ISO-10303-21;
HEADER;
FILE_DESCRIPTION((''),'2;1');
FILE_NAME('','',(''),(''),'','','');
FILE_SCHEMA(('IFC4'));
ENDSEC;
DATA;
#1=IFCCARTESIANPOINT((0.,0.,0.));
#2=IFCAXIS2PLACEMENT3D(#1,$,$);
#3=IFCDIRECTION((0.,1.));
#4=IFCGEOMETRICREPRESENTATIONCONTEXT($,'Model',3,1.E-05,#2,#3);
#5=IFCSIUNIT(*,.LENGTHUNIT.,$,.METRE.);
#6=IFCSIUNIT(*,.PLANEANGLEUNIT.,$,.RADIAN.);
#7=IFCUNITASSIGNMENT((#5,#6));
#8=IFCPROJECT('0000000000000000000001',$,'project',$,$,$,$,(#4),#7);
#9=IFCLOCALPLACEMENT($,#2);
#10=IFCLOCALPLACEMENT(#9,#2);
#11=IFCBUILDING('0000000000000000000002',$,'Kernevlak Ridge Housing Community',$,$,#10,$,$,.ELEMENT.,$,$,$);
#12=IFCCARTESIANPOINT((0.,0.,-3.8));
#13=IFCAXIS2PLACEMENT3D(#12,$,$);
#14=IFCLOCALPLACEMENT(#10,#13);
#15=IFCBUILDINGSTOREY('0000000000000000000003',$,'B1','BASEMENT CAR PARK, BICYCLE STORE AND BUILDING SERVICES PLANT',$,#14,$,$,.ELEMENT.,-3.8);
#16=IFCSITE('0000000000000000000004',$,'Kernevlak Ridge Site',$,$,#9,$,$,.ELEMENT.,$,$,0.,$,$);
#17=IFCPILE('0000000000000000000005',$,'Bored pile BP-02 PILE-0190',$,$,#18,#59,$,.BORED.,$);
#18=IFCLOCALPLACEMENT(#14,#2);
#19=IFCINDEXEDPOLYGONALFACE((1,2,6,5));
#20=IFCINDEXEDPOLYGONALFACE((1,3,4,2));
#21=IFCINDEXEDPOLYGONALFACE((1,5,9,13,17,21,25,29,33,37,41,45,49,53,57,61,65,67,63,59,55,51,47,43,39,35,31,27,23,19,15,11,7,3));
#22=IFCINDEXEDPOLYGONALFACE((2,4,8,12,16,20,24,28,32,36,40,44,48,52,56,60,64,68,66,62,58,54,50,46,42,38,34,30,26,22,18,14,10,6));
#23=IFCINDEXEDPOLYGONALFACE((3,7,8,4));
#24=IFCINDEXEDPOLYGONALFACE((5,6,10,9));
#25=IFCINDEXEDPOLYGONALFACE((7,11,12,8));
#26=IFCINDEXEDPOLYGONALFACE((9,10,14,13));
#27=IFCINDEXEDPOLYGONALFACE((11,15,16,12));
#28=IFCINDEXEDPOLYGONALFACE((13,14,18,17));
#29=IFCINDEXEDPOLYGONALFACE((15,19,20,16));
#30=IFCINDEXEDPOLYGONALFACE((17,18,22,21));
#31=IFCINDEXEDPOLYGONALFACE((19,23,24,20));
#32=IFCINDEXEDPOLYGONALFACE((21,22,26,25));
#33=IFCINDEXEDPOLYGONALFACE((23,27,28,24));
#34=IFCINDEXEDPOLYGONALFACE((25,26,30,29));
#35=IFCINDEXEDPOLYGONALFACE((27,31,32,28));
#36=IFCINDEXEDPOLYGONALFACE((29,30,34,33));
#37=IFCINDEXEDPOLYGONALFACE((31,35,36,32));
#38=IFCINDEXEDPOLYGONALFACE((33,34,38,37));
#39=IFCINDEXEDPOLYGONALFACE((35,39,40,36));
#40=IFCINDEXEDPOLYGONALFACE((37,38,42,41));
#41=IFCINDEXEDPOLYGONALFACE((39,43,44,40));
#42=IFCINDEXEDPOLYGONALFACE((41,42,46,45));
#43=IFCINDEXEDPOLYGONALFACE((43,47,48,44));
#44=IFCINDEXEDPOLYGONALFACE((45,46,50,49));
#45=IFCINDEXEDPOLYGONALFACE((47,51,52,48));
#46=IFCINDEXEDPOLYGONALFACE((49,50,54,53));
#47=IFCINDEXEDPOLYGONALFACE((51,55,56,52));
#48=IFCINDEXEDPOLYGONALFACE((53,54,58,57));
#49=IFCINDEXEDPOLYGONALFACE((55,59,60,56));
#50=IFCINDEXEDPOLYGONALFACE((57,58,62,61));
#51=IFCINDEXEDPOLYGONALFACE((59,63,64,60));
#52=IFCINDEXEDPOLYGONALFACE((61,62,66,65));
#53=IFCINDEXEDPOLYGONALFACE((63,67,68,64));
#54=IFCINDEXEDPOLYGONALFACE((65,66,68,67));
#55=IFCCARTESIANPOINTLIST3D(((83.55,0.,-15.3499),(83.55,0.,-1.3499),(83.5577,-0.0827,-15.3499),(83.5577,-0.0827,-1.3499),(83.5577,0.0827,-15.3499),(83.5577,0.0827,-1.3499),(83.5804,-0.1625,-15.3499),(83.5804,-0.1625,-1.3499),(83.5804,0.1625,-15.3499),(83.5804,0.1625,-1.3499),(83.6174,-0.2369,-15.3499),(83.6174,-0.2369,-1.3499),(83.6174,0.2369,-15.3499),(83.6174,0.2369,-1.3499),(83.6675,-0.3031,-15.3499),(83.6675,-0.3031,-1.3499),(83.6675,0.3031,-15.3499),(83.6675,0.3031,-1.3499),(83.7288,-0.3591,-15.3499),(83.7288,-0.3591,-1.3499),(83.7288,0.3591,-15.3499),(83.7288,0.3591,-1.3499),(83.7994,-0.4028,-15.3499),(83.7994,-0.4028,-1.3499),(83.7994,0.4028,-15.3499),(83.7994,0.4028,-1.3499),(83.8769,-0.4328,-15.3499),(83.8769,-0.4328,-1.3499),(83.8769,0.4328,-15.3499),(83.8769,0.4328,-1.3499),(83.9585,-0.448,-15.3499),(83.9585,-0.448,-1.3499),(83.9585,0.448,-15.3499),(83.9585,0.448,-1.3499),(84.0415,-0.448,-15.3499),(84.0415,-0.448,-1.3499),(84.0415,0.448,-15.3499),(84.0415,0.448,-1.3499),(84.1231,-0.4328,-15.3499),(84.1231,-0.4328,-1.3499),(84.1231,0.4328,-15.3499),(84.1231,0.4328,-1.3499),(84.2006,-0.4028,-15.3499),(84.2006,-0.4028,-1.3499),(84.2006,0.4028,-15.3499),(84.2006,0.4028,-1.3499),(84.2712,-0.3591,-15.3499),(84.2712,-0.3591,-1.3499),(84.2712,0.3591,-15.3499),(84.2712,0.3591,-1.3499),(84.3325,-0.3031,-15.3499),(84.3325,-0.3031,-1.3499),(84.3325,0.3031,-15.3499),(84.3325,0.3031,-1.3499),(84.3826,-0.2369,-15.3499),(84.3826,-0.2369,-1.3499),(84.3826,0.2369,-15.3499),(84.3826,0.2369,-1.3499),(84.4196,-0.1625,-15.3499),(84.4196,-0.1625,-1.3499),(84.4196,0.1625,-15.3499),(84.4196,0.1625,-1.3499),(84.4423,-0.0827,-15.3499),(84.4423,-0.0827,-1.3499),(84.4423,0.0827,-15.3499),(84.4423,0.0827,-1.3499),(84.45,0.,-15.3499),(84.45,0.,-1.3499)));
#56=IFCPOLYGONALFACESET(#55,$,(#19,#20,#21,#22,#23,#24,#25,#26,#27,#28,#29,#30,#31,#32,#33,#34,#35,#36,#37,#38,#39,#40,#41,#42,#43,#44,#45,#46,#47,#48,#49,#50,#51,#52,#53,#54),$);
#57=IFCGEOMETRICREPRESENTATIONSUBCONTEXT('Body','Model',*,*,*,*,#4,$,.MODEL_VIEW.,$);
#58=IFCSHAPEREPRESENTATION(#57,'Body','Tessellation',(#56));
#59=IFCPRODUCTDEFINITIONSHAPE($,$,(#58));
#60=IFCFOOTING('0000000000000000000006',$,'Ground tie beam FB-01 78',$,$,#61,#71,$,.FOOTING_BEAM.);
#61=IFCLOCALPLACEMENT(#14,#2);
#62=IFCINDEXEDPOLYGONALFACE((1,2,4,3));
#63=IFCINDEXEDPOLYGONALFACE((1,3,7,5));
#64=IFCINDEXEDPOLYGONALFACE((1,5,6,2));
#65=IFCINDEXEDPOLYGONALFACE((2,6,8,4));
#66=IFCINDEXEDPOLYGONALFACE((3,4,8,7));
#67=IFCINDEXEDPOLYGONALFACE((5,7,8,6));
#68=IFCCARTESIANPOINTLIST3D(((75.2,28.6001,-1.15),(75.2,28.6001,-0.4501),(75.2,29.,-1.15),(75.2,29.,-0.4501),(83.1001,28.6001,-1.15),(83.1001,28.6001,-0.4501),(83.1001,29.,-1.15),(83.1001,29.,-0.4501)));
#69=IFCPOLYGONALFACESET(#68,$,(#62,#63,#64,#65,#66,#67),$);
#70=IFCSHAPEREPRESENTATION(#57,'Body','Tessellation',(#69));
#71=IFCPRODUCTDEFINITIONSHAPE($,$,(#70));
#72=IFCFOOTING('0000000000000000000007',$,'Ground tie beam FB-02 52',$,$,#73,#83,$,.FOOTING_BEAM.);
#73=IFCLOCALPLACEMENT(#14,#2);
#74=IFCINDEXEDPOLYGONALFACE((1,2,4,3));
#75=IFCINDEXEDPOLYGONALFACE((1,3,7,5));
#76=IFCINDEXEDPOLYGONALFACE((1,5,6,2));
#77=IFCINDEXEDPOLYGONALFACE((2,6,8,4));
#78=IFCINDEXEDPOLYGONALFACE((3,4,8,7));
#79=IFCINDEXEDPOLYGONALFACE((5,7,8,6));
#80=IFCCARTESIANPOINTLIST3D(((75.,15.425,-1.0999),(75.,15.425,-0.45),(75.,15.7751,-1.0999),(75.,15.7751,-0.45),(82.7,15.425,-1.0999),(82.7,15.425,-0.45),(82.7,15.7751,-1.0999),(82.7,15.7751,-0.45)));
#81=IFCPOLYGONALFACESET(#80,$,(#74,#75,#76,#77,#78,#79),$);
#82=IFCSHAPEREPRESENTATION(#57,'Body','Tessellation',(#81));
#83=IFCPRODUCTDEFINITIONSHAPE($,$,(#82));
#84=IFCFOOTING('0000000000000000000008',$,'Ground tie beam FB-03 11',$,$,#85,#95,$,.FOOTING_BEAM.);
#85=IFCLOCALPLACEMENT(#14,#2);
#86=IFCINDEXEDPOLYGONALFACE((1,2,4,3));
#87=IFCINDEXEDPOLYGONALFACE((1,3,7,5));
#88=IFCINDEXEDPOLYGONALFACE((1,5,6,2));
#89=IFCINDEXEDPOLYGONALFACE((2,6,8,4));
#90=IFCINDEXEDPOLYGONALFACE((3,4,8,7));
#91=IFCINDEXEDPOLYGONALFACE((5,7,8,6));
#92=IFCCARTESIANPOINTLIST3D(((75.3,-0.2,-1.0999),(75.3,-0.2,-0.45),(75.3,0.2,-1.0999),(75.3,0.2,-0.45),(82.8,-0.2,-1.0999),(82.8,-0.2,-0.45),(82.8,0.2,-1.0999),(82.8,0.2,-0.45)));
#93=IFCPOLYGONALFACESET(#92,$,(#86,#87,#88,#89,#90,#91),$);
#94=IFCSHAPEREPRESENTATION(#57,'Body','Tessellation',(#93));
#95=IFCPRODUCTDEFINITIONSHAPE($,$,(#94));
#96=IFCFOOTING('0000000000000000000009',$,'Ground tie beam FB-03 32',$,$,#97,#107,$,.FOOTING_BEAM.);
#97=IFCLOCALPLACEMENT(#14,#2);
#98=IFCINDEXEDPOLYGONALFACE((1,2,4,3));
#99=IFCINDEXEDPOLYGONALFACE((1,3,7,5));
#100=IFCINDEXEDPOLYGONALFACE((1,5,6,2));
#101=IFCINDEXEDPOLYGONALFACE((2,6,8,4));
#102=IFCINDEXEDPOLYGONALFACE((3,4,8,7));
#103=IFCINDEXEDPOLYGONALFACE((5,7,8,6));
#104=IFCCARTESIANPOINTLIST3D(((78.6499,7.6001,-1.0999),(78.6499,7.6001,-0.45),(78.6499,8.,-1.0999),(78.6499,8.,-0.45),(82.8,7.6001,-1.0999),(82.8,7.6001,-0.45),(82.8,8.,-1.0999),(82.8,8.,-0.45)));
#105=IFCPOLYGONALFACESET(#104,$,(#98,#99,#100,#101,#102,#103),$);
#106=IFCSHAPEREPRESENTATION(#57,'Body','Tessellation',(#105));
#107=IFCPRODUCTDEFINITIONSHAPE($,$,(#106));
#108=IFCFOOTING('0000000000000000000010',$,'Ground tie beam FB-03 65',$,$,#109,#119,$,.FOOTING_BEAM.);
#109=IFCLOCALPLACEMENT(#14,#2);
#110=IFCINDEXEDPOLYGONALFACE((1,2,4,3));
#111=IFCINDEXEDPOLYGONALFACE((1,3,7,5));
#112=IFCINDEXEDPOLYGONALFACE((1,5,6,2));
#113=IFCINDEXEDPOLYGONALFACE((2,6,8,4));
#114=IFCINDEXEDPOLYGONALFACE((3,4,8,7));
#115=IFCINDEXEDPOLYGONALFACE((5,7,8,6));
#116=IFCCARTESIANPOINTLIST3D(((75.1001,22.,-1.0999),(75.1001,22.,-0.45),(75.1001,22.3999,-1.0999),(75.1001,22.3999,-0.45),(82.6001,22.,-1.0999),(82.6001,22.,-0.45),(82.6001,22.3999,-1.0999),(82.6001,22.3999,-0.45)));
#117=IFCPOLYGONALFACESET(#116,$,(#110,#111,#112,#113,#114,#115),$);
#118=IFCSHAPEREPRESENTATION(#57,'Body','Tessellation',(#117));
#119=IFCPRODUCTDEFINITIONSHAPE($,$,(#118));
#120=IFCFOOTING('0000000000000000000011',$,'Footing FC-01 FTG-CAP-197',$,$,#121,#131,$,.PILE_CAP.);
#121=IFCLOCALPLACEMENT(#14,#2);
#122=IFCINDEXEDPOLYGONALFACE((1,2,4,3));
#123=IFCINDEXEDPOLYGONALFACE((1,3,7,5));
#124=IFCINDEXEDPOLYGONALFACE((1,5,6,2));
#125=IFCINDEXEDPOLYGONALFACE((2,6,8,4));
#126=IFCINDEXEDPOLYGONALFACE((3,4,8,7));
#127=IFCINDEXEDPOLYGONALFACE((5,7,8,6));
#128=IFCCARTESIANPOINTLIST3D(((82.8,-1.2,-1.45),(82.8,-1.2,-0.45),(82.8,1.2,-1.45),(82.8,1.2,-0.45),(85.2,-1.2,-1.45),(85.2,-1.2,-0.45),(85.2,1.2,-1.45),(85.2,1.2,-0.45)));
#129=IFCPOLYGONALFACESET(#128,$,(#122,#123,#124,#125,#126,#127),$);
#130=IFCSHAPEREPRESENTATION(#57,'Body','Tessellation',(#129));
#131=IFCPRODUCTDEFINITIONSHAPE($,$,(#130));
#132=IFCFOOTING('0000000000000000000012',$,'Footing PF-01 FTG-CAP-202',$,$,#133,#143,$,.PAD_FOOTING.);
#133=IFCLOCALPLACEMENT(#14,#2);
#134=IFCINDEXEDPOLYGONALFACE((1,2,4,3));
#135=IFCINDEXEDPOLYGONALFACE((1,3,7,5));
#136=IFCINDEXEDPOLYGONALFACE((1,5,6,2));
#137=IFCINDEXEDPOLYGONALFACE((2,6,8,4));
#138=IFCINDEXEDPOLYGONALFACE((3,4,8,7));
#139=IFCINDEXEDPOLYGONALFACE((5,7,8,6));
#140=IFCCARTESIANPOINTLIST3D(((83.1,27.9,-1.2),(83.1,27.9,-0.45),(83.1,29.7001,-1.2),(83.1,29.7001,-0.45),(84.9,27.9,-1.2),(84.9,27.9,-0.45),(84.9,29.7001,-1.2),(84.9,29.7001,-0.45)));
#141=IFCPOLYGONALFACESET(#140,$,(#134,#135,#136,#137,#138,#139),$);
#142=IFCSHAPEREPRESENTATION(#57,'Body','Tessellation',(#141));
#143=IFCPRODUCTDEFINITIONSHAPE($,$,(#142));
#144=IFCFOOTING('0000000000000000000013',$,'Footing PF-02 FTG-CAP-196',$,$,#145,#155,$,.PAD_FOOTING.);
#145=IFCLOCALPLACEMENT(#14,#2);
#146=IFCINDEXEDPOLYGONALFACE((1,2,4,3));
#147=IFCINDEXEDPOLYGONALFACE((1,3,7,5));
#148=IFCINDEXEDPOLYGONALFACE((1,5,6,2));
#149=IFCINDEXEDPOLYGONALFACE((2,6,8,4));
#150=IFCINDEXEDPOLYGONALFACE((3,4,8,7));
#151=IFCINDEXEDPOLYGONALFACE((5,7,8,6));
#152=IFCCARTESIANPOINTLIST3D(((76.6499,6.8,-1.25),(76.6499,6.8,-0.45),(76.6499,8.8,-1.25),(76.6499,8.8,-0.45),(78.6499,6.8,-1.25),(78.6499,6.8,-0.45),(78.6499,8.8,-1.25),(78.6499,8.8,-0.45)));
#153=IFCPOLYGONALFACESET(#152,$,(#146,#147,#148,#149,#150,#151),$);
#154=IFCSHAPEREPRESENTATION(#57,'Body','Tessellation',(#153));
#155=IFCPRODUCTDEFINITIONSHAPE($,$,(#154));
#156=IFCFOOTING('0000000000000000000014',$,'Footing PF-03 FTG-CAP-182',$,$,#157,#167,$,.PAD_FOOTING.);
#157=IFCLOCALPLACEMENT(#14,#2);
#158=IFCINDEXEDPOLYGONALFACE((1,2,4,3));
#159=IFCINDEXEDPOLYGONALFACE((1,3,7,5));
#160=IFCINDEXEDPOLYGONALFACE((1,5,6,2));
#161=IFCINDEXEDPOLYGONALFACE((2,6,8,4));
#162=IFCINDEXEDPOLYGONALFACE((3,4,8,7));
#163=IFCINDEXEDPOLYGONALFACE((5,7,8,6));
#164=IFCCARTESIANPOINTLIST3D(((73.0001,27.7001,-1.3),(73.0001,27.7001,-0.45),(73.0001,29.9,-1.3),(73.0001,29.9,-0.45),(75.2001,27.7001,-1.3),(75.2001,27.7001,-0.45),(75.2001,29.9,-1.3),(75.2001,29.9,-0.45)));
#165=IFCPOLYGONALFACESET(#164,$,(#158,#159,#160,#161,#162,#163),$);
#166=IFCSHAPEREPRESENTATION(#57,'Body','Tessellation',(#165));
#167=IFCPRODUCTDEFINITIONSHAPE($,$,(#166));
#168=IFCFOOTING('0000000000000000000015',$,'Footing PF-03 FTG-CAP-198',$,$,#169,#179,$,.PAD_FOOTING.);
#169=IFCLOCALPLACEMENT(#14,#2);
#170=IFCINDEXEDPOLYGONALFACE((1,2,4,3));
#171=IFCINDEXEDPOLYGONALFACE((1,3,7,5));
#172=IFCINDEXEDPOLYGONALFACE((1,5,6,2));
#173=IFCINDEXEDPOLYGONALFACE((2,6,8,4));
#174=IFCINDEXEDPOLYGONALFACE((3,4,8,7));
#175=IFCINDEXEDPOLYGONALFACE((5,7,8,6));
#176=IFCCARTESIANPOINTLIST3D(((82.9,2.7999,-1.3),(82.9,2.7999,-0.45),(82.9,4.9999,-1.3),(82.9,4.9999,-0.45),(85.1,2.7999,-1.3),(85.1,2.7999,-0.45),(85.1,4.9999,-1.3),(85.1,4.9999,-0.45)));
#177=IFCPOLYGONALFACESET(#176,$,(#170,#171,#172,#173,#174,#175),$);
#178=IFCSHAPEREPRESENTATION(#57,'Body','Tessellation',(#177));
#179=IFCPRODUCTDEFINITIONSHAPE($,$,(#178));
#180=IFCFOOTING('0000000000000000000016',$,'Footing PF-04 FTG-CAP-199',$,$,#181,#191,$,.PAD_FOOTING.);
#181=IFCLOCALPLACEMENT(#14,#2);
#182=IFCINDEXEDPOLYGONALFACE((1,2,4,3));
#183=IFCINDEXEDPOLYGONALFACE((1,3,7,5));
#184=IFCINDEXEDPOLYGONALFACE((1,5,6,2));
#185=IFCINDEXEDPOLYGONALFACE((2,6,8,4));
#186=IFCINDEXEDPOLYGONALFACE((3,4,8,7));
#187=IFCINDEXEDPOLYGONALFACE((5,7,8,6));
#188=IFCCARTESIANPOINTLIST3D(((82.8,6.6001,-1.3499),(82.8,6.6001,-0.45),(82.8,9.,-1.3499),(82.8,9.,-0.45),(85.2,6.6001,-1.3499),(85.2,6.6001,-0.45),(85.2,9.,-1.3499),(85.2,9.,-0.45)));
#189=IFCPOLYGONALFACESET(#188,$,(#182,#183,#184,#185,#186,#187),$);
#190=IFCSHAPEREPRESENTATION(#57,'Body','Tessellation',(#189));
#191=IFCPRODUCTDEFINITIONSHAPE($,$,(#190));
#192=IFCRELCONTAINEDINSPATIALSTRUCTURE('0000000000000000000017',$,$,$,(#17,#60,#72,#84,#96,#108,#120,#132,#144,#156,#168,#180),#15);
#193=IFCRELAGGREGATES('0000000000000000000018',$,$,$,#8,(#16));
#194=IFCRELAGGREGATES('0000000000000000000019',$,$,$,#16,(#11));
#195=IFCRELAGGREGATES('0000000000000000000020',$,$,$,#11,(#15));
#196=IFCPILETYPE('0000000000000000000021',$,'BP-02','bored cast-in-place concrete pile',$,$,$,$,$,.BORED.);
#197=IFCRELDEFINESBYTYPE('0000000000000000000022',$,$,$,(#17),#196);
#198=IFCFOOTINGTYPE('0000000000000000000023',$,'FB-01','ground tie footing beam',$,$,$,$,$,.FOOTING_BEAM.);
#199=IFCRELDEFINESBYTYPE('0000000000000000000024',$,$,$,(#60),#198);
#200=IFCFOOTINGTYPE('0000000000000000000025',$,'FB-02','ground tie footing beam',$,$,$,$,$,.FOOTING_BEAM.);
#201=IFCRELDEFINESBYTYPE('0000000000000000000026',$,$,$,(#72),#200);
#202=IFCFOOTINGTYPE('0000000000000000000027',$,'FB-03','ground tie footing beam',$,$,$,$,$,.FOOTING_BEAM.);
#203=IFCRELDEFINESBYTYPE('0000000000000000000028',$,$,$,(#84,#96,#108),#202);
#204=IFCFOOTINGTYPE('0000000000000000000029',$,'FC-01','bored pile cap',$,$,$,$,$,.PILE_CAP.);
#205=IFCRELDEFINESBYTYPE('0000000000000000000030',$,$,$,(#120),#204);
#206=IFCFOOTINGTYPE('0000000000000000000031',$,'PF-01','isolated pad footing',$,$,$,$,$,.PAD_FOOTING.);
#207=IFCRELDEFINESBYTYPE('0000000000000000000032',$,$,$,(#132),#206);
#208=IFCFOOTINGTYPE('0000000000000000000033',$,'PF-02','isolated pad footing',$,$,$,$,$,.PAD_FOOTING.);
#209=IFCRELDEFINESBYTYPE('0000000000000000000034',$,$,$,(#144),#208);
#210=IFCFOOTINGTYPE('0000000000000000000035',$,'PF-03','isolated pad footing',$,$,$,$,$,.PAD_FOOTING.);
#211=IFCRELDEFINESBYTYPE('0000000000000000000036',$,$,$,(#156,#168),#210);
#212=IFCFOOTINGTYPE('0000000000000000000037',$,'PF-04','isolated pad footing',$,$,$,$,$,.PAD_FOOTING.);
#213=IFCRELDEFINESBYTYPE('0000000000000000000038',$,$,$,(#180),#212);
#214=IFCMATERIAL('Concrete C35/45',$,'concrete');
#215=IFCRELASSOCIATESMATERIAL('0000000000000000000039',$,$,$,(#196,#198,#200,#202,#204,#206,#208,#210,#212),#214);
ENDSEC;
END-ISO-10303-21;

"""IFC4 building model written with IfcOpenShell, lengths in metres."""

from ifc_helpers import new_model, si_unit, direction, frame, origin, origin_2d, place, context, subcontext, project, spatial, rectangle, circle, extrude, material, material_profile, profile_set, type_object, element, save


model = new_model("IFC4")

# Units and contexts
model_context = context("Model", 3, precision=1e-05, world=origin(), true_north=direction((0.0, 1.0)))
body_context = subcontext(model_context, "Body", "Model", "MODEL_VIEW")
ifc_project = project(units=[si_unit("LENGTHUNIT", "METRE"), si_unit("PLANEANGLEUNIT", "RADIAN")], contexts=[model_context])

# Site, building, storey
site_placement = place(None, origin())
site = spatial("IfcSite", under=ifc_project, at=site_placement, Name="Kernevlak Ridge Site", CompositionType="ELEMENT", RefElevation=0.0)
building_placement = place(site_placement, origin())
building = spatial("IfcBuilding", under=site, at=building_placement, Name="Kernevlak Ridge Housing Community", CompositionType="ELEMENT")
storey_placement = place(building_placement, frame((0.0, 0.0, -3.8)))
storey = spatial("IfcBuildingStorey", under=building, at=storey_placement, Name="B1", Description="BASEMENT CAR PARK, BICYCLE STORE AND BUILDING SERVICES PLANT", CompositionType="ELEMENT", Elevation=-3.8)

# Pile
ifc_material_1 = material(Name="Concrete C35/45", Category="concrete")
ifc_material_profile_1 = material_profile(ifc_material_1, circle(Radius=0.45, at=origin_2d()), Name="BORED PILE 900")
ifc_profile_set_1 = profile_set([ifc_material_profile_1], Name="Concrete C35/45")
pile_type = type_object("IfcPileType", Name="BP-02", Description="bored cast-in-place concrete pile", PredefinedType="BORED", material=ifc_profile_set_1)
pile_placement = place(storey_placement, frame((84.0, 0.0, -1.3499), z_axis=(0.0, 0.0, -1.0), x_axis=(1.0, 0.0, 0.0)))
element("IfcPile", 1, at=pile_placement, inside=storey, type_object=pile_type, Name="Bored pile BP-02 PILE-0190", PredefinedType="BORED", context=body_context, shape_type="SweptSolid", body=[
    extrude(circle(Radius=0.45, at=origin_2d()), origin(), (0.0, 0.0, 1.0), 14.0),
])

# Footings
ifc_material_profile_2 = material_profile(ifc_material_1, rectangle(XDim=0.3999, YDim=0.7, at=origin_2d()), Name="RC 400x700")
ifc_profile_set_2 = profile_set([ifc_material_profile_2], Name="Concrete C35/45")
footing_type_1 = type_object("IfcFootingType", Name="FB-01", Description="ground tie footing beam", PredefinedType="FOOTING_BEAM", material=ifc_profile_set_2)
footing_1_placement = place(storey_placement, frame((75.2, 28.8, -0.8), z_axis=(1.0, 0.0, 0.0), x_axis=(0.0, 1.0, 0.0)))
element("IfcFooting", 2, at=footing_1_placement, inside=storey, type_object=footing_type_1, Name="Ground tie beam FB-01 78", PredefinedType="FOOTING_BEAM", context=body_context, shape_type="SweptSolid", body=[
    extrude(rectangle(XDim=0.3999, YDim=0.7, at=origin_2d()), origin(), (0.0, 0.0, 1.0), 7.9001),
])
ifc_material_profile_3 = material_profile(ifc_material_1, rectangle(XDim=0.3501, YDim=0.6499, at=origin_2d()), Name="RC 350x650")
ifc_profile_set_3 = profile_set([ifc_material_profile_3], Name="Concrete C35/45")
footing_type_2 = type_object("IfcFootingType", Name="FB-02", Description="ground tie footing beam", PredefinedType="FOOTING_BEAM", material=ifc_profile_set_3)
footing_2_placement = place(storey_placement, frame((75.0, 15.6001, -0.7749), z_axis=(1.0, 0.0, 0.0), x_axis=(0.0, 1.0, 0.0)))
element("IfcFooting", 3, at=footing_2_placement, inside=storey, type_object=footing_type_2, Name="Ground tie beam FB-02 52", PredefinedType="FOOTING_BEAM", context=body_context, shape_type="SweptSolid", body=[
    extrude(rectangle(XDim=0.3501, YDim=0.6499, at=origin_2d()), origin(), (0.0, 0.0, 1.0), 7.7),
])
ifc_material_profile_4 = material_profile(ifc_material_1, rectangle(XDim=0.3999, YDim=0.6499, at=origin_2d()), Name="RC 400x650")
ifc_profile_set_4 = profile_set([ifc_material_profile_4], Name="Concrete C35/45")
footing_type_3 = type_object("IfcFootingType", Name="FB-03", Description="ground tie footing beam", PredefinedType="FOOTING_BEAM", material=ifc_profile_set_4)
footing_3_placement = place(storey_placement, frame((75.3, 0.0, -0.7749), z_axis=(1.0, 0.0, 0.0), x_axis=(0.0, 1.0, 0.0)))
element("IfcFooting", 4, at=footing_3_placement, inside=storey, type_object=footing_type_3, Name="Ground tie beam FB-03 11", PredefinedType="FOOTING_BEAM", context=body_context, shape_type="SweptSolid", body=[
    extrude(rectangle(XDim=0.3999, YDim=0.6499, at=origin_2d()), origin(), (0.0, 0.0, 1.0), 7.5),
])
footing_4_placement = place(storey_placement, frame((78.6499, 7.8, -0.7749), z_axis=(1.0, 0.0, 0.0), x_axis=(0.0, 1.0, 0.0)))
element("IfcFooting", 5, at=footing_4_placement, inside=storey, type_object=footing_type_3, Name="Ground tie beam FB-03 32", PredefinedType="FOOTING_BEAM", context=body_context, shape_type="SweptSolid", body=[
    extrude(rectangle(XDim=0.3999, YDim=0.6499, at=origin_2d()), origin(), (0.0, 0.0, 1.0), 4.1501),
])
footing_5_placement = place(storey_placement, frame((75.1001, 22.2, -0.7749), z_axis=(1.0, 0.0, 0.0), x_axis=(0.0, 1.0, 0.0)))
element("IfcFooting", 6, at=footing_5_placement, inside=storey, type_object=footing_type_3, Name="Ground tie beam FB-03 65", PredefinedType="FOOTING_BEAM", context=body_context, shape_type="SweptSolid", body=[
    extrude(rectangle(XDim=0.3999, YDim=0.6499, at=origin_2d()), origin(), (0.0, 0.0, 1.0), 7.5),
])
footing_type_4 = type_object("IfcFootingType", Name="FC-01", Description="bored pile cap", PredefinedType="PILE_CAP", material=ifc_material_1)
footing_6_placement = place(storey_placement, frame((84.0, 0.0, -1.45), z_axis=(0.0, 0.0, 1.0), x_axis=(1.0, 0.0, 0.0)))
element("IfcFooting", 7, at=footing_6_placement, inside=storey, type_object=footing_type_4, Name="Footing FC-01 FTG-CAP-197", PredefinedType="PILE_CAP", context=body_context, shape_type="SweptSolid", body=[
    extrude(rectangle(XDim=2.3999, YDim=2.3999, at=origin_2d()), origin(), (0.0, 0.0, 1.0), 1.0),
])
footing_type_5 = type_object("IfcFootingType", Name="PF-01", Description="isolated pad footing", PredefinedType="PAD_FOOTING", material=ifc_material_1)
footing_7_placement = place(storey_placement, frame((84.0, 28.8, -1.2), z_axis=(0.0, 0.0, 1.0), x_axis=(1.0, 0.0, 0.0)))
element("IfcFooting", 8, at=footing_7_placement, inside=storey, type_object=footing_type_5, Name="Footing PF-01 FTG-CAP-202", PredefinedType="PAD_FOOTING", context=body_context, shape_type="SweptSolid", body=[
    extrude(rectangle(XDim=1.8, YDim=1.8, at=origin_2d()), origin(), (0.0, 0.0, 1.0), 0.75),
])
footing_type_6 = type_object("IfcFootingType", Name="PF-02", Description="isolated pad footing", PredefinedType="PAD_FOOTING", material=ifc_material_1)
footing_8_placement = place(storey_placement, frame((77.6499, 7.8, -1.25), z_axis=(0.0, 0.0, 1.0), x_axis=(1.0, 0.0, 0.0)))
element("IfcFooting", 9, at=footing_8_placement, inside=storey, type_object=footing_type_6, Name="Footing PF-02 FTG-CAP-196", PredefinedType="PAD_FOOTING", context=body_context, shape_type="SweptSolid", body=[
    extrude(rectangle(XDim=2.0, YDim=2.0, at=origin_2d()), origin(), (0.0, 0.0, 1.0), 0.8),
])
footing_type_7 = type_object("IfcFootingType", Name="PF-03", Description="isolated pad footing", PredefinedType="PAD_FOOTING", material=ifc_material_1)
for number, where, z_axis, x_axis, name in (
    (10, (74.1001, 28.8, -1.3), (0.0, 0.0, 1.0), (1.0, 0.0, 0.0), "Footing PF-03 FTG-CAP-182"),
    (11, (84.0, 3.8999, -1.3), (0.0, 0.0, 1.0), (1.0, 0.0, 0.0), "Footing PF-03 FTG-CAP-198"),
):
    element("IfcFooting", number, at=place(storey_placement, frame(where, z_axis=z_axis, x_axis=x_axis)), inside=storey, type_object=footing_type_7, Name=name, PredefinedType="PAD_FOOTING", context=body_context, shape_type="SweptSolid", body=[
        extrude(rectangle(XDim=2.2, YDim=2.2, at=origin_2d()), origin(), (0.0, 0.0, 1.0), 0.8501),
    ])
footing_type_8 = type_object("IfcFootingType", Name="PF-04", Description="isolated pad footing", PredefinedType="PAD_FOOTING", material=ifc_material_1)
footing_9_placement = place(storey_placement, frame((84.0, 7.8, -1.3499), z_axis=(0.0, 0.0, 1.0), x_axis=(1.0, 0.0, 0.0)))
element("IfcFooting", 12, at=footing_9_placement, inside=storey, type_object=footing_type_8, Name="Footing PF-04 FTG-CAP-199", PredefinedType="PAD_FOOTING", context=body_context, shape_type="SweptSolid", body=[
    extrude(rectangle(XDim=2.3999, YDim=2.3999, at=origin_2d()), origin(), (0.0, 0.0, 1.0), 0.8999),
])

save(model, "model.ifc")
